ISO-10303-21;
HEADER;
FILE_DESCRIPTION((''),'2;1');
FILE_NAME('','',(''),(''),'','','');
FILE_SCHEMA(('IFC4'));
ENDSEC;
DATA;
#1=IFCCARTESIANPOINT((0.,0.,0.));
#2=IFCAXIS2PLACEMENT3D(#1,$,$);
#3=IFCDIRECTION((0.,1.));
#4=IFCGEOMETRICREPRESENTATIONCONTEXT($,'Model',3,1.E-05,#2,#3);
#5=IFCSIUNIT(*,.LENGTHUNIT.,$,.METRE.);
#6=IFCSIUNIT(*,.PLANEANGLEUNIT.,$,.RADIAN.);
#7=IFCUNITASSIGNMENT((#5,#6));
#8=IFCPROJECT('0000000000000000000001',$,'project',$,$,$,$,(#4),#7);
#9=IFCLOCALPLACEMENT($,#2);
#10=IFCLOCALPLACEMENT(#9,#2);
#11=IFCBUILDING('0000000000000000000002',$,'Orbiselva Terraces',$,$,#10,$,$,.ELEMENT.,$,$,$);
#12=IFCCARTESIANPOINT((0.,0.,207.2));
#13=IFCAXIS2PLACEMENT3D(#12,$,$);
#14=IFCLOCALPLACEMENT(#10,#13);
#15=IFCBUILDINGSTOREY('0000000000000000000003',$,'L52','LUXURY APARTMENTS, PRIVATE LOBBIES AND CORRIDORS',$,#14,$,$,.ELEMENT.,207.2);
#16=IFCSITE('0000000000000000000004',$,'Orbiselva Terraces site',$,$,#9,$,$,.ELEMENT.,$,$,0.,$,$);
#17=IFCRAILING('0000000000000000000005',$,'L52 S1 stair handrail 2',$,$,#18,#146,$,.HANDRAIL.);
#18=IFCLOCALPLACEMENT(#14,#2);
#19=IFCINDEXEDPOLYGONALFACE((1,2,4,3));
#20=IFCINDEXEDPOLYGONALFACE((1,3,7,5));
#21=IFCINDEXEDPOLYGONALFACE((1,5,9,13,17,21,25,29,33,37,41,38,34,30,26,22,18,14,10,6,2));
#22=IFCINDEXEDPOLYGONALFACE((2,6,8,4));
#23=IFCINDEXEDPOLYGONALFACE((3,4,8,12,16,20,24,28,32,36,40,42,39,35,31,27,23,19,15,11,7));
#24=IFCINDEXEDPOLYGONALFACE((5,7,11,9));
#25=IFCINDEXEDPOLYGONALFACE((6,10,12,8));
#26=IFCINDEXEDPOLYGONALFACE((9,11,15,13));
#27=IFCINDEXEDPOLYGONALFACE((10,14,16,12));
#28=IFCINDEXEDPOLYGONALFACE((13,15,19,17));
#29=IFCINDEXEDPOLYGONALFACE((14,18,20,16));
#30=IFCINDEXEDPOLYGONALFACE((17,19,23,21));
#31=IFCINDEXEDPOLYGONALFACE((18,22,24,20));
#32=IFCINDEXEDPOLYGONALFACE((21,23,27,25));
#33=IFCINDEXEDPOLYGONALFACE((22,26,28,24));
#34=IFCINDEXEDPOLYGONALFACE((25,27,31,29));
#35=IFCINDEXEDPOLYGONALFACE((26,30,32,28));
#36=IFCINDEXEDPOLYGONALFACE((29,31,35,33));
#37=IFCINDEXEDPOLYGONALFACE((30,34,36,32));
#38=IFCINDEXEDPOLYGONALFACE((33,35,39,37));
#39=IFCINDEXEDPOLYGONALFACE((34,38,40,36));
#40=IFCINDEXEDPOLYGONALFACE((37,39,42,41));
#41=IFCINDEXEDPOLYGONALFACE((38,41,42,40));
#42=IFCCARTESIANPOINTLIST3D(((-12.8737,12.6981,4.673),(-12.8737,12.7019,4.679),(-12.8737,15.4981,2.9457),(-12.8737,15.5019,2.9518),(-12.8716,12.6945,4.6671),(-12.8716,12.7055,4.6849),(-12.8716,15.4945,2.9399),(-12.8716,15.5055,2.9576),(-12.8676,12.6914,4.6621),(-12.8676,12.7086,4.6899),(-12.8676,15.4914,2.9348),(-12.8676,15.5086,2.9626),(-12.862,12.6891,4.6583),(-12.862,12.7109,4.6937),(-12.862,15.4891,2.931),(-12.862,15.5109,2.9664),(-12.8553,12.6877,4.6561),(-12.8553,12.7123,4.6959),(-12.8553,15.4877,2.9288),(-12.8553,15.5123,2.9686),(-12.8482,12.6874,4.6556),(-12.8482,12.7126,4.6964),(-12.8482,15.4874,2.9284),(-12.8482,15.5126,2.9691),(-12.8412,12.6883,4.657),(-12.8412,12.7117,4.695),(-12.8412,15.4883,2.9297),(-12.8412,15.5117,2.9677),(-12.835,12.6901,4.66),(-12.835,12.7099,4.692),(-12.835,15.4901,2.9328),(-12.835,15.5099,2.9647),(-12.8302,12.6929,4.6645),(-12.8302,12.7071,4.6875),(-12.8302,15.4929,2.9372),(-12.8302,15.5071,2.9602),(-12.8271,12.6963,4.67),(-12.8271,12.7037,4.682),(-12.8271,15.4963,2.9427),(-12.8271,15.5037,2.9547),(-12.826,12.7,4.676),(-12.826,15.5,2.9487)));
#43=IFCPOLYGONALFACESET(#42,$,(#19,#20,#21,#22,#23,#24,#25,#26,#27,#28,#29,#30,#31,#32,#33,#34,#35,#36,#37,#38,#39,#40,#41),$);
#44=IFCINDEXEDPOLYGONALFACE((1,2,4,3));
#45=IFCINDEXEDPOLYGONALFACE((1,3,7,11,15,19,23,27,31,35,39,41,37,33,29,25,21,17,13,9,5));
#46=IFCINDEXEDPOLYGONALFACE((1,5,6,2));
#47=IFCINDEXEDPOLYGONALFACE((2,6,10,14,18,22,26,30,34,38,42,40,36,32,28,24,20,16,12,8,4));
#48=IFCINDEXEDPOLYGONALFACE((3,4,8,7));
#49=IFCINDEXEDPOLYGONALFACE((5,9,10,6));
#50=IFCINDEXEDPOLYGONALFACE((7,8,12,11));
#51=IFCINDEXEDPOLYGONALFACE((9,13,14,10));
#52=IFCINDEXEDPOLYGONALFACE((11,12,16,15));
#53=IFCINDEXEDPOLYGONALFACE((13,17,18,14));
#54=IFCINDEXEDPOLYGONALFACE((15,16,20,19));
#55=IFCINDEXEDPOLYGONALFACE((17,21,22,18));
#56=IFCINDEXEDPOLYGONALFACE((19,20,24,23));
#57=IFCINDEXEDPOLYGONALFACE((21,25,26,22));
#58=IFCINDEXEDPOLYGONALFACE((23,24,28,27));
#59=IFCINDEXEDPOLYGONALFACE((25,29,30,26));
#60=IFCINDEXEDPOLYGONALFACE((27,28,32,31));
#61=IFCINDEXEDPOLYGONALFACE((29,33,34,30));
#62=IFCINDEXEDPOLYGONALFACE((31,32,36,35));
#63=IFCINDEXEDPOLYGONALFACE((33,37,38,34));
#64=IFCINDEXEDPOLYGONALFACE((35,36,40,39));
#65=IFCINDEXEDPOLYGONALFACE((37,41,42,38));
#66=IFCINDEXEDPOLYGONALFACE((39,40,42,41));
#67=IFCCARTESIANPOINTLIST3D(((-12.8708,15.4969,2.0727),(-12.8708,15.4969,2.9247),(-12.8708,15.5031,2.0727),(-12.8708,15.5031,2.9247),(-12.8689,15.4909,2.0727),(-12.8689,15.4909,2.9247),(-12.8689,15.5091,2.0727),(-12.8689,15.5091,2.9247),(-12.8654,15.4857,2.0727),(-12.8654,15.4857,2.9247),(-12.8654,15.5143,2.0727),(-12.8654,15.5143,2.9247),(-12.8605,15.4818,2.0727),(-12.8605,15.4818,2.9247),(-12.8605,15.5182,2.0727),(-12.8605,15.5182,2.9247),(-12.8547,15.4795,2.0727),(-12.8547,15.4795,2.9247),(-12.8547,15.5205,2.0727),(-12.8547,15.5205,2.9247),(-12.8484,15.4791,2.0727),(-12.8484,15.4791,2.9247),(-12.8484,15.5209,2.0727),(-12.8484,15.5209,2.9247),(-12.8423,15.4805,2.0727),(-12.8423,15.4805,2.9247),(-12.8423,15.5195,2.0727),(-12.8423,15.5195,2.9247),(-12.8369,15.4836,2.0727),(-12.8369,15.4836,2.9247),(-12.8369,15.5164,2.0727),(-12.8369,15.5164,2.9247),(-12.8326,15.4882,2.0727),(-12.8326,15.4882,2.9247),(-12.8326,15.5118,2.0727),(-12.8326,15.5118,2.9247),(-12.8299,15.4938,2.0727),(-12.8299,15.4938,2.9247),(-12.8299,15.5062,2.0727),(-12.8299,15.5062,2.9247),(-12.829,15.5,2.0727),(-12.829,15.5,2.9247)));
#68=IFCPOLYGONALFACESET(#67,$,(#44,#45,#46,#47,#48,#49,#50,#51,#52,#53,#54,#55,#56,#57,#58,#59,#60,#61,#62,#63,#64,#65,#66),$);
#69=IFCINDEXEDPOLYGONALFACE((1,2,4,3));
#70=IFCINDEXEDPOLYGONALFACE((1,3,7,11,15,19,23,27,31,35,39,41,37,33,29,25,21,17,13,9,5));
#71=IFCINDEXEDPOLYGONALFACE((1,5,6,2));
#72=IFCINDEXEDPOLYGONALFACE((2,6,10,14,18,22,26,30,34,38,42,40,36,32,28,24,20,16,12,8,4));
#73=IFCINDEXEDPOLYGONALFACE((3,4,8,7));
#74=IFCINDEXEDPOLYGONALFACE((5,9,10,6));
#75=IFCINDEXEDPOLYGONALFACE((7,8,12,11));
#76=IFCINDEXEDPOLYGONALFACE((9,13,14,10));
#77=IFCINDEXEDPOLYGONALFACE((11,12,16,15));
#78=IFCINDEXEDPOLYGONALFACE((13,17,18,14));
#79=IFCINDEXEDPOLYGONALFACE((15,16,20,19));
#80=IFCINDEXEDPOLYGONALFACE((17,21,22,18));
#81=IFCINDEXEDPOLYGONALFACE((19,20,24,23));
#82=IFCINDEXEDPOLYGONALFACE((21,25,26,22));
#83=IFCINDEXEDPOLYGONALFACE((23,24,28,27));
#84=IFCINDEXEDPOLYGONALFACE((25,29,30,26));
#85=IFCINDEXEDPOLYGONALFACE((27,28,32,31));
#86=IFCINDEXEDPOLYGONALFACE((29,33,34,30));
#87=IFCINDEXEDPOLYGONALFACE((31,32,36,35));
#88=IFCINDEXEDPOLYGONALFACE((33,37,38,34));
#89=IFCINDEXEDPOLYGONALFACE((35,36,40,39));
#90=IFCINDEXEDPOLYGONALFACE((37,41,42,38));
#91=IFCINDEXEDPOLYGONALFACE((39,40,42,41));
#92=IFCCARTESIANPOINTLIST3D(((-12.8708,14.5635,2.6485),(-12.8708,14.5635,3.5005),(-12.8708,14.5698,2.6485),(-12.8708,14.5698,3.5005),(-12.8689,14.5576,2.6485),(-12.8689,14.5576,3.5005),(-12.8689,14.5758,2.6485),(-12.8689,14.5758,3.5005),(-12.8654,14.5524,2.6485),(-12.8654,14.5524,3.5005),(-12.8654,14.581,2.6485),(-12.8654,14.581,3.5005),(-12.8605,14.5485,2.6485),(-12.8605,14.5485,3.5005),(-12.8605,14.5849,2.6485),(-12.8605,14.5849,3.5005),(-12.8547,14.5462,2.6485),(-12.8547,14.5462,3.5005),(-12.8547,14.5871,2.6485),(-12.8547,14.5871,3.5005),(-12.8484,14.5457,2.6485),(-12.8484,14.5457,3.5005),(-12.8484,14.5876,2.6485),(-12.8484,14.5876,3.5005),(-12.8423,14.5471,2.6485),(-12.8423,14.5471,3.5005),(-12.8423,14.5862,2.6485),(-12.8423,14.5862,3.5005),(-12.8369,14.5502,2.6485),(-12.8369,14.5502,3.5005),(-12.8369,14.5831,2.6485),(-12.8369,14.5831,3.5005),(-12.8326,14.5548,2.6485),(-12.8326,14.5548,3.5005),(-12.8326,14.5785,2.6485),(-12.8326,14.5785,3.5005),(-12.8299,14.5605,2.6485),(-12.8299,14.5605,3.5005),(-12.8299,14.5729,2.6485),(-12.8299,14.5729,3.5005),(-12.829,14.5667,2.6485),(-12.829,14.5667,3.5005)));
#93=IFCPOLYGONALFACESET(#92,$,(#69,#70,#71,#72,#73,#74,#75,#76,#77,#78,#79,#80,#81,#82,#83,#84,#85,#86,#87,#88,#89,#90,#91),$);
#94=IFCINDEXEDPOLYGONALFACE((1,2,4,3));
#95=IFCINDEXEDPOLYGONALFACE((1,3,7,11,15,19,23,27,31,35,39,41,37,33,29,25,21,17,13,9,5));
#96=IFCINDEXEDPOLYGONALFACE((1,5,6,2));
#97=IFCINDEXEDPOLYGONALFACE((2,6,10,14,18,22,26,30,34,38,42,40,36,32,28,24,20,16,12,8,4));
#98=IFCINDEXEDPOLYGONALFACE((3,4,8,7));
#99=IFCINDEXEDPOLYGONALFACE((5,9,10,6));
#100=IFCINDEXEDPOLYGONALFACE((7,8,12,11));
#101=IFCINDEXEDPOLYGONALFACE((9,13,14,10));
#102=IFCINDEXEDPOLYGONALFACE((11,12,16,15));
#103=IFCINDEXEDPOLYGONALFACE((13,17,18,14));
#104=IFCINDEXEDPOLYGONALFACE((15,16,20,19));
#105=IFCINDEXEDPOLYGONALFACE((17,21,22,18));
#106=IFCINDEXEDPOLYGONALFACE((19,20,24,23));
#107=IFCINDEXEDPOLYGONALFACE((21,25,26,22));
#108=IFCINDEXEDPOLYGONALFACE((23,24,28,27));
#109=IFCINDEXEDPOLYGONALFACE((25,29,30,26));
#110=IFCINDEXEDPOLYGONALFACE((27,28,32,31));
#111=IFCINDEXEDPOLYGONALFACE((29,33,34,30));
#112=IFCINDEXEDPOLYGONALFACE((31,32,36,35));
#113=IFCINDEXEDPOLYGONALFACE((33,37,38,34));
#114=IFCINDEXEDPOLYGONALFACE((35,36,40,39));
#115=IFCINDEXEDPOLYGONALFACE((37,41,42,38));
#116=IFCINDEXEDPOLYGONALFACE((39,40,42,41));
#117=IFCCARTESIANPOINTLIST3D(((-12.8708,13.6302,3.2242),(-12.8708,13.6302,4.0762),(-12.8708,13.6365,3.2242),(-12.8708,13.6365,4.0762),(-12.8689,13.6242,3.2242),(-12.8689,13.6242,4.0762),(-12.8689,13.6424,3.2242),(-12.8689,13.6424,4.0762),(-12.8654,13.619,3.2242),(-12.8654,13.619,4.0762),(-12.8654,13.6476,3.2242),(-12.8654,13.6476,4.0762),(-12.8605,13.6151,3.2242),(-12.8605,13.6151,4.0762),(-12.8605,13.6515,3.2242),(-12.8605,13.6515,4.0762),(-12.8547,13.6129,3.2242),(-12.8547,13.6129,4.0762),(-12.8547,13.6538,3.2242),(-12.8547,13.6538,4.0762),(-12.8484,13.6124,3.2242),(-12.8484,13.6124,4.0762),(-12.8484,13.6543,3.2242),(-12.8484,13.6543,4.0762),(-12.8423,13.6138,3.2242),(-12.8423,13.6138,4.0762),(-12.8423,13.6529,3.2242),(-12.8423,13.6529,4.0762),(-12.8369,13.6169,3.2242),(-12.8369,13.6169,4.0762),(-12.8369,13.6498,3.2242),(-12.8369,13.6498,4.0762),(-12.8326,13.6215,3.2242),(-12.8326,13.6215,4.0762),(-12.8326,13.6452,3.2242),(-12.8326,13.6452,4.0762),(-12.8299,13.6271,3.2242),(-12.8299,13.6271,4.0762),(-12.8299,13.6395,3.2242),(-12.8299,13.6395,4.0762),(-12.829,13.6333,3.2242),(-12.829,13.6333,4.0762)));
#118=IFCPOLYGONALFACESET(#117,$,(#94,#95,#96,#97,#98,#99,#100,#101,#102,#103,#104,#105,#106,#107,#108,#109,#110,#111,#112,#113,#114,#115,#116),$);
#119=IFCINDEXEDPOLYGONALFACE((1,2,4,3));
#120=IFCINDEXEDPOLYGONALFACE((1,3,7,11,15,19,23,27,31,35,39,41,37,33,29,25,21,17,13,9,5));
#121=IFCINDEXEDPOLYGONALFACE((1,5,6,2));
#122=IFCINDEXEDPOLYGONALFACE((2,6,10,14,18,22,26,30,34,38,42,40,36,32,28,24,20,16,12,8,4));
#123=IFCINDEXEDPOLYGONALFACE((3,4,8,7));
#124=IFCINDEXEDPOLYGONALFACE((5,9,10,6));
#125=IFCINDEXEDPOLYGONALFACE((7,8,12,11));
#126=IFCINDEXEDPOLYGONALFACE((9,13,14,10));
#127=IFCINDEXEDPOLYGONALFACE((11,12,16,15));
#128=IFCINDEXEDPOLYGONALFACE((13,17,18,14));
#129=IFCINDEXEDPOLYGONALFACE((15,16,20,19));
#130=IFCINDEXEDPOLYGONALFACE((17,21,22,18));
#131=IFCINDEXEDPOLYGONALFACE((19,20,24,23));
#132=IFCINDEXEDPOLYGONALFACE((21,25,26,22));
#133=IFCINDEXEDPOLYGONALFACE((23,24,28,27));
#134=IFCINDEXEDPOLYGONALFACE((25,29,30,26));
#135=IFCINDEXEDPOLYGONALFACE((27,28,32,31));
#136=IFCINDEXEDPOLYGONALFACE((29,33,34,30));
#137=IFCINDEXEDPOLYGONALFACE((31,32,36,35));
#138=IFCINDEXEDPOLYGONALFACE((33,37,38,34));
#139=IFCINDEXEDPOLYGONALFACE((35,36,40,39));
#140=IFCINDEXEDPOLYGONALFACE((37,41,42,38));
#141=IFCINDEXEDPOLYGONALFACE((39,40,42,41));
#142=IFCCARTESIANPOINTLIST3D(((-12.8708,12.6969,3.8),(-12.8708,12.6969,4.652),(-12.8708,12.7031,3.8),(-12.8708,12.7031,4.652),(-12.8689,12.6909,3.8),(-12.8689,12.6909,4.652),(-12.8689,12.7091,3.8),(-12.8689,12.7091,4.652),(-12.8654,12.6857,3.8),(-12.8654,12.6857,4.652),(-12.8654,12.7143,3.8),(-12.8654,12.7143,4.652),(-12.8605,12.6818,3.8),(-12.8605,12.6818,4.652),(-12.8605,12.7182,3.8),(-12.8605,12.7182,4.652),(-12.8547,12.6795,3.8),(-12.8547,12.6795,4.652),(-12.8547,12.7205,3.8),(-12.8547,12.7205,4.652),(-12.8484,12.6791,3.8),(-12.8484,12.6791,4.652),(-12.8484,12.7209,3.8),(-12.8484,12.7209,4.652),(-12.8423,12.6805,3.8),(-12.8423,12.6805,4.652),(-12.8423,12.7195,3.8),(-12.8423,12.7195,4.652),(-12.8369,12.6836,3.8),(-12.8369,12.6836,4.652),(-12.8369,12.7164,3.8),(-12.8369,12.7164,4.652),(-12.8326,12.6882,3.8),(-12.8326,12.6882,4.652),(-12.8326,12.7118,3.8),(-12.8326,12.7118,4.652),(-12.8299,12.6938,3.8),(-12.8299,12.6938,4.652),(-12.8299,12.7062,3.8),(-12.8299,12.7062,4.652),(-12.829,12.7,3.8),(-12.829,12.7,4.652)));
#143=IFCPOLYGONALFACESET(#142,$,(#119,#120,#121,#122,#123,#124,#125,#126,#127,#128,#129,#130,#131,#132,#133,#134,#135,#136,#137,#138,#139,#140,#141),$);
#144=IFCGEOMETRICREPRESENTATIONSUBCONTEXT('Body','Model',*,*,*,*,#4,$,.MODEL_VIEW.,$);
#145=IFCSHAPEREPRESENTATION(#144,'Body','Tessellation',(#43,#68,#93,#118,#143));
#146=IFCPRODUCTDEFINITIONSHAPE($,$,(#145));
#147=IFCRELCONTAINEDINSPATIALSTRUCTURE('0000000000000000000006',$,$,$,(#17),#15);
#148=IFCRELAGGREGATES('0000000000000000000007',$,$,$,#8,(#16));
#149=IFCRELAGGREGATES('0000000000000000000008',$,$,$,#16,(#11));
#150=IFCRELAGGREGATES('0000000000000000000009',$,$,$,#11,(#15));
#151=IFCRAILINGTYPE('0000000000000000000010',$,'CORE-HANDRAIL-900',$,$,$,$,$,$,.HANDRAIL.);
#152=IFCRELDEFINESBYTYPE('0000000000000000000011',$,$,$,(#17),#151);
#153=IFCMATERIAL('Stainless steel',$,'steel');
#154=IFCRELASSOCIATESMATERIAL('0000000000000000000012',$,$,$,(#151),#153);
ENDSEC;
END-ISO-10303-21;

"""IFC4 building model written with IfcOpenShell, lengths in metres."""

from ifc_helpers import new_model, si_unit, direction, frame, origin, origin_2d, place, context, subcontext, project, spatial, circle, extrude, material, type_object, element, save


model = new_model("IFC4")

# Units and contexts
model_context = context("Model", 3, precision=1e-05, world=origin(), true_north=direction((0.0, 1.0)))
body_context = subcontext(model_context, "Body", "Model", "MODEL_VIEW")
ifc_project = project(units=[si_unit("LENGTHUNIT", "METRE"), si_unit("PLANEANGLEUNIT", "RADIAN")], contexts=[model_context])

# Site, building, storey
site_placement = place(None, origin())
site = spatial("IfcSite", under=ifc_project, at=site_placement, Name="Orbiselva Terraces site", CompositionType="ELEMENT", RefElevation=0.0)
building_placement = place(site_placement, origin())
building = spatial("IfcBuilding", under=site, at=building_placement, Name="Orbiselva Terraces", CompositionType="ELEMENT")
storey_placement = place(building_placement, frame((0.0, 0.0, 207.2)))
storey = spatial("IfcBuildingStorey", under=building, at=storey_placement, Name="L52", Description="LUXURY APARTMENTS, PRIVATE LOBBIES AND CORRIDORS", CompositionType="ELEMENT", Elevation=207.2)

# Railing
ifc_material_1 = material(Name="Stainless steel", Category="steel")
railing_type_1 = type_object("IfcRailingType", Name="CORE-HANDRAIL-900", PredefinedType="HANDRAIL", material=ifc_material_1)
railing_1_placement = place(storey_placement, frame((-12.85, 15.5, 2.0727)))
element("IfcRailing", 1, at=railing_1_placement, inside=storey, type_object=railing_type_1, Name="L52 S1 stair handrail 2", PredefinedType="HANDRAIL", context=body_context, shape_type="SweptSolid", body=[
    extrude(circle(Radius=0.024, at=origin_2d()), frame((0.0, 0.0, 0.876), z_axis=(0.0, -0.851089, 0.525022), x_axis=(1.0, 0.0, 0.0)), (0.0, 0.0, 1.0), 3.2899),
    extrude(circle(Radius=0.021, at=origin_2d()), origin(), (0.0, 0.0, 1.0), 0.852),
    extrude(circle(Radius=0.021, at=origin_2d()), frame((0.0, -0.9333, 0.5758)), (0.0, 0.0, 1.0), 0.852),
    extrude(circle(Radius=0.021, at=origin_2d()), frame((0.0, -1.8667, 1.1515)), (0.0, 0.0, 1.0), 0.852),
    extrude(circle(Radius=0.021, at=origin_2d()), frame((0.0, -2.8, 1.7273)), (0.0, 0.0, 1.0), 0.852),
])

save(model, "model.ifc")
